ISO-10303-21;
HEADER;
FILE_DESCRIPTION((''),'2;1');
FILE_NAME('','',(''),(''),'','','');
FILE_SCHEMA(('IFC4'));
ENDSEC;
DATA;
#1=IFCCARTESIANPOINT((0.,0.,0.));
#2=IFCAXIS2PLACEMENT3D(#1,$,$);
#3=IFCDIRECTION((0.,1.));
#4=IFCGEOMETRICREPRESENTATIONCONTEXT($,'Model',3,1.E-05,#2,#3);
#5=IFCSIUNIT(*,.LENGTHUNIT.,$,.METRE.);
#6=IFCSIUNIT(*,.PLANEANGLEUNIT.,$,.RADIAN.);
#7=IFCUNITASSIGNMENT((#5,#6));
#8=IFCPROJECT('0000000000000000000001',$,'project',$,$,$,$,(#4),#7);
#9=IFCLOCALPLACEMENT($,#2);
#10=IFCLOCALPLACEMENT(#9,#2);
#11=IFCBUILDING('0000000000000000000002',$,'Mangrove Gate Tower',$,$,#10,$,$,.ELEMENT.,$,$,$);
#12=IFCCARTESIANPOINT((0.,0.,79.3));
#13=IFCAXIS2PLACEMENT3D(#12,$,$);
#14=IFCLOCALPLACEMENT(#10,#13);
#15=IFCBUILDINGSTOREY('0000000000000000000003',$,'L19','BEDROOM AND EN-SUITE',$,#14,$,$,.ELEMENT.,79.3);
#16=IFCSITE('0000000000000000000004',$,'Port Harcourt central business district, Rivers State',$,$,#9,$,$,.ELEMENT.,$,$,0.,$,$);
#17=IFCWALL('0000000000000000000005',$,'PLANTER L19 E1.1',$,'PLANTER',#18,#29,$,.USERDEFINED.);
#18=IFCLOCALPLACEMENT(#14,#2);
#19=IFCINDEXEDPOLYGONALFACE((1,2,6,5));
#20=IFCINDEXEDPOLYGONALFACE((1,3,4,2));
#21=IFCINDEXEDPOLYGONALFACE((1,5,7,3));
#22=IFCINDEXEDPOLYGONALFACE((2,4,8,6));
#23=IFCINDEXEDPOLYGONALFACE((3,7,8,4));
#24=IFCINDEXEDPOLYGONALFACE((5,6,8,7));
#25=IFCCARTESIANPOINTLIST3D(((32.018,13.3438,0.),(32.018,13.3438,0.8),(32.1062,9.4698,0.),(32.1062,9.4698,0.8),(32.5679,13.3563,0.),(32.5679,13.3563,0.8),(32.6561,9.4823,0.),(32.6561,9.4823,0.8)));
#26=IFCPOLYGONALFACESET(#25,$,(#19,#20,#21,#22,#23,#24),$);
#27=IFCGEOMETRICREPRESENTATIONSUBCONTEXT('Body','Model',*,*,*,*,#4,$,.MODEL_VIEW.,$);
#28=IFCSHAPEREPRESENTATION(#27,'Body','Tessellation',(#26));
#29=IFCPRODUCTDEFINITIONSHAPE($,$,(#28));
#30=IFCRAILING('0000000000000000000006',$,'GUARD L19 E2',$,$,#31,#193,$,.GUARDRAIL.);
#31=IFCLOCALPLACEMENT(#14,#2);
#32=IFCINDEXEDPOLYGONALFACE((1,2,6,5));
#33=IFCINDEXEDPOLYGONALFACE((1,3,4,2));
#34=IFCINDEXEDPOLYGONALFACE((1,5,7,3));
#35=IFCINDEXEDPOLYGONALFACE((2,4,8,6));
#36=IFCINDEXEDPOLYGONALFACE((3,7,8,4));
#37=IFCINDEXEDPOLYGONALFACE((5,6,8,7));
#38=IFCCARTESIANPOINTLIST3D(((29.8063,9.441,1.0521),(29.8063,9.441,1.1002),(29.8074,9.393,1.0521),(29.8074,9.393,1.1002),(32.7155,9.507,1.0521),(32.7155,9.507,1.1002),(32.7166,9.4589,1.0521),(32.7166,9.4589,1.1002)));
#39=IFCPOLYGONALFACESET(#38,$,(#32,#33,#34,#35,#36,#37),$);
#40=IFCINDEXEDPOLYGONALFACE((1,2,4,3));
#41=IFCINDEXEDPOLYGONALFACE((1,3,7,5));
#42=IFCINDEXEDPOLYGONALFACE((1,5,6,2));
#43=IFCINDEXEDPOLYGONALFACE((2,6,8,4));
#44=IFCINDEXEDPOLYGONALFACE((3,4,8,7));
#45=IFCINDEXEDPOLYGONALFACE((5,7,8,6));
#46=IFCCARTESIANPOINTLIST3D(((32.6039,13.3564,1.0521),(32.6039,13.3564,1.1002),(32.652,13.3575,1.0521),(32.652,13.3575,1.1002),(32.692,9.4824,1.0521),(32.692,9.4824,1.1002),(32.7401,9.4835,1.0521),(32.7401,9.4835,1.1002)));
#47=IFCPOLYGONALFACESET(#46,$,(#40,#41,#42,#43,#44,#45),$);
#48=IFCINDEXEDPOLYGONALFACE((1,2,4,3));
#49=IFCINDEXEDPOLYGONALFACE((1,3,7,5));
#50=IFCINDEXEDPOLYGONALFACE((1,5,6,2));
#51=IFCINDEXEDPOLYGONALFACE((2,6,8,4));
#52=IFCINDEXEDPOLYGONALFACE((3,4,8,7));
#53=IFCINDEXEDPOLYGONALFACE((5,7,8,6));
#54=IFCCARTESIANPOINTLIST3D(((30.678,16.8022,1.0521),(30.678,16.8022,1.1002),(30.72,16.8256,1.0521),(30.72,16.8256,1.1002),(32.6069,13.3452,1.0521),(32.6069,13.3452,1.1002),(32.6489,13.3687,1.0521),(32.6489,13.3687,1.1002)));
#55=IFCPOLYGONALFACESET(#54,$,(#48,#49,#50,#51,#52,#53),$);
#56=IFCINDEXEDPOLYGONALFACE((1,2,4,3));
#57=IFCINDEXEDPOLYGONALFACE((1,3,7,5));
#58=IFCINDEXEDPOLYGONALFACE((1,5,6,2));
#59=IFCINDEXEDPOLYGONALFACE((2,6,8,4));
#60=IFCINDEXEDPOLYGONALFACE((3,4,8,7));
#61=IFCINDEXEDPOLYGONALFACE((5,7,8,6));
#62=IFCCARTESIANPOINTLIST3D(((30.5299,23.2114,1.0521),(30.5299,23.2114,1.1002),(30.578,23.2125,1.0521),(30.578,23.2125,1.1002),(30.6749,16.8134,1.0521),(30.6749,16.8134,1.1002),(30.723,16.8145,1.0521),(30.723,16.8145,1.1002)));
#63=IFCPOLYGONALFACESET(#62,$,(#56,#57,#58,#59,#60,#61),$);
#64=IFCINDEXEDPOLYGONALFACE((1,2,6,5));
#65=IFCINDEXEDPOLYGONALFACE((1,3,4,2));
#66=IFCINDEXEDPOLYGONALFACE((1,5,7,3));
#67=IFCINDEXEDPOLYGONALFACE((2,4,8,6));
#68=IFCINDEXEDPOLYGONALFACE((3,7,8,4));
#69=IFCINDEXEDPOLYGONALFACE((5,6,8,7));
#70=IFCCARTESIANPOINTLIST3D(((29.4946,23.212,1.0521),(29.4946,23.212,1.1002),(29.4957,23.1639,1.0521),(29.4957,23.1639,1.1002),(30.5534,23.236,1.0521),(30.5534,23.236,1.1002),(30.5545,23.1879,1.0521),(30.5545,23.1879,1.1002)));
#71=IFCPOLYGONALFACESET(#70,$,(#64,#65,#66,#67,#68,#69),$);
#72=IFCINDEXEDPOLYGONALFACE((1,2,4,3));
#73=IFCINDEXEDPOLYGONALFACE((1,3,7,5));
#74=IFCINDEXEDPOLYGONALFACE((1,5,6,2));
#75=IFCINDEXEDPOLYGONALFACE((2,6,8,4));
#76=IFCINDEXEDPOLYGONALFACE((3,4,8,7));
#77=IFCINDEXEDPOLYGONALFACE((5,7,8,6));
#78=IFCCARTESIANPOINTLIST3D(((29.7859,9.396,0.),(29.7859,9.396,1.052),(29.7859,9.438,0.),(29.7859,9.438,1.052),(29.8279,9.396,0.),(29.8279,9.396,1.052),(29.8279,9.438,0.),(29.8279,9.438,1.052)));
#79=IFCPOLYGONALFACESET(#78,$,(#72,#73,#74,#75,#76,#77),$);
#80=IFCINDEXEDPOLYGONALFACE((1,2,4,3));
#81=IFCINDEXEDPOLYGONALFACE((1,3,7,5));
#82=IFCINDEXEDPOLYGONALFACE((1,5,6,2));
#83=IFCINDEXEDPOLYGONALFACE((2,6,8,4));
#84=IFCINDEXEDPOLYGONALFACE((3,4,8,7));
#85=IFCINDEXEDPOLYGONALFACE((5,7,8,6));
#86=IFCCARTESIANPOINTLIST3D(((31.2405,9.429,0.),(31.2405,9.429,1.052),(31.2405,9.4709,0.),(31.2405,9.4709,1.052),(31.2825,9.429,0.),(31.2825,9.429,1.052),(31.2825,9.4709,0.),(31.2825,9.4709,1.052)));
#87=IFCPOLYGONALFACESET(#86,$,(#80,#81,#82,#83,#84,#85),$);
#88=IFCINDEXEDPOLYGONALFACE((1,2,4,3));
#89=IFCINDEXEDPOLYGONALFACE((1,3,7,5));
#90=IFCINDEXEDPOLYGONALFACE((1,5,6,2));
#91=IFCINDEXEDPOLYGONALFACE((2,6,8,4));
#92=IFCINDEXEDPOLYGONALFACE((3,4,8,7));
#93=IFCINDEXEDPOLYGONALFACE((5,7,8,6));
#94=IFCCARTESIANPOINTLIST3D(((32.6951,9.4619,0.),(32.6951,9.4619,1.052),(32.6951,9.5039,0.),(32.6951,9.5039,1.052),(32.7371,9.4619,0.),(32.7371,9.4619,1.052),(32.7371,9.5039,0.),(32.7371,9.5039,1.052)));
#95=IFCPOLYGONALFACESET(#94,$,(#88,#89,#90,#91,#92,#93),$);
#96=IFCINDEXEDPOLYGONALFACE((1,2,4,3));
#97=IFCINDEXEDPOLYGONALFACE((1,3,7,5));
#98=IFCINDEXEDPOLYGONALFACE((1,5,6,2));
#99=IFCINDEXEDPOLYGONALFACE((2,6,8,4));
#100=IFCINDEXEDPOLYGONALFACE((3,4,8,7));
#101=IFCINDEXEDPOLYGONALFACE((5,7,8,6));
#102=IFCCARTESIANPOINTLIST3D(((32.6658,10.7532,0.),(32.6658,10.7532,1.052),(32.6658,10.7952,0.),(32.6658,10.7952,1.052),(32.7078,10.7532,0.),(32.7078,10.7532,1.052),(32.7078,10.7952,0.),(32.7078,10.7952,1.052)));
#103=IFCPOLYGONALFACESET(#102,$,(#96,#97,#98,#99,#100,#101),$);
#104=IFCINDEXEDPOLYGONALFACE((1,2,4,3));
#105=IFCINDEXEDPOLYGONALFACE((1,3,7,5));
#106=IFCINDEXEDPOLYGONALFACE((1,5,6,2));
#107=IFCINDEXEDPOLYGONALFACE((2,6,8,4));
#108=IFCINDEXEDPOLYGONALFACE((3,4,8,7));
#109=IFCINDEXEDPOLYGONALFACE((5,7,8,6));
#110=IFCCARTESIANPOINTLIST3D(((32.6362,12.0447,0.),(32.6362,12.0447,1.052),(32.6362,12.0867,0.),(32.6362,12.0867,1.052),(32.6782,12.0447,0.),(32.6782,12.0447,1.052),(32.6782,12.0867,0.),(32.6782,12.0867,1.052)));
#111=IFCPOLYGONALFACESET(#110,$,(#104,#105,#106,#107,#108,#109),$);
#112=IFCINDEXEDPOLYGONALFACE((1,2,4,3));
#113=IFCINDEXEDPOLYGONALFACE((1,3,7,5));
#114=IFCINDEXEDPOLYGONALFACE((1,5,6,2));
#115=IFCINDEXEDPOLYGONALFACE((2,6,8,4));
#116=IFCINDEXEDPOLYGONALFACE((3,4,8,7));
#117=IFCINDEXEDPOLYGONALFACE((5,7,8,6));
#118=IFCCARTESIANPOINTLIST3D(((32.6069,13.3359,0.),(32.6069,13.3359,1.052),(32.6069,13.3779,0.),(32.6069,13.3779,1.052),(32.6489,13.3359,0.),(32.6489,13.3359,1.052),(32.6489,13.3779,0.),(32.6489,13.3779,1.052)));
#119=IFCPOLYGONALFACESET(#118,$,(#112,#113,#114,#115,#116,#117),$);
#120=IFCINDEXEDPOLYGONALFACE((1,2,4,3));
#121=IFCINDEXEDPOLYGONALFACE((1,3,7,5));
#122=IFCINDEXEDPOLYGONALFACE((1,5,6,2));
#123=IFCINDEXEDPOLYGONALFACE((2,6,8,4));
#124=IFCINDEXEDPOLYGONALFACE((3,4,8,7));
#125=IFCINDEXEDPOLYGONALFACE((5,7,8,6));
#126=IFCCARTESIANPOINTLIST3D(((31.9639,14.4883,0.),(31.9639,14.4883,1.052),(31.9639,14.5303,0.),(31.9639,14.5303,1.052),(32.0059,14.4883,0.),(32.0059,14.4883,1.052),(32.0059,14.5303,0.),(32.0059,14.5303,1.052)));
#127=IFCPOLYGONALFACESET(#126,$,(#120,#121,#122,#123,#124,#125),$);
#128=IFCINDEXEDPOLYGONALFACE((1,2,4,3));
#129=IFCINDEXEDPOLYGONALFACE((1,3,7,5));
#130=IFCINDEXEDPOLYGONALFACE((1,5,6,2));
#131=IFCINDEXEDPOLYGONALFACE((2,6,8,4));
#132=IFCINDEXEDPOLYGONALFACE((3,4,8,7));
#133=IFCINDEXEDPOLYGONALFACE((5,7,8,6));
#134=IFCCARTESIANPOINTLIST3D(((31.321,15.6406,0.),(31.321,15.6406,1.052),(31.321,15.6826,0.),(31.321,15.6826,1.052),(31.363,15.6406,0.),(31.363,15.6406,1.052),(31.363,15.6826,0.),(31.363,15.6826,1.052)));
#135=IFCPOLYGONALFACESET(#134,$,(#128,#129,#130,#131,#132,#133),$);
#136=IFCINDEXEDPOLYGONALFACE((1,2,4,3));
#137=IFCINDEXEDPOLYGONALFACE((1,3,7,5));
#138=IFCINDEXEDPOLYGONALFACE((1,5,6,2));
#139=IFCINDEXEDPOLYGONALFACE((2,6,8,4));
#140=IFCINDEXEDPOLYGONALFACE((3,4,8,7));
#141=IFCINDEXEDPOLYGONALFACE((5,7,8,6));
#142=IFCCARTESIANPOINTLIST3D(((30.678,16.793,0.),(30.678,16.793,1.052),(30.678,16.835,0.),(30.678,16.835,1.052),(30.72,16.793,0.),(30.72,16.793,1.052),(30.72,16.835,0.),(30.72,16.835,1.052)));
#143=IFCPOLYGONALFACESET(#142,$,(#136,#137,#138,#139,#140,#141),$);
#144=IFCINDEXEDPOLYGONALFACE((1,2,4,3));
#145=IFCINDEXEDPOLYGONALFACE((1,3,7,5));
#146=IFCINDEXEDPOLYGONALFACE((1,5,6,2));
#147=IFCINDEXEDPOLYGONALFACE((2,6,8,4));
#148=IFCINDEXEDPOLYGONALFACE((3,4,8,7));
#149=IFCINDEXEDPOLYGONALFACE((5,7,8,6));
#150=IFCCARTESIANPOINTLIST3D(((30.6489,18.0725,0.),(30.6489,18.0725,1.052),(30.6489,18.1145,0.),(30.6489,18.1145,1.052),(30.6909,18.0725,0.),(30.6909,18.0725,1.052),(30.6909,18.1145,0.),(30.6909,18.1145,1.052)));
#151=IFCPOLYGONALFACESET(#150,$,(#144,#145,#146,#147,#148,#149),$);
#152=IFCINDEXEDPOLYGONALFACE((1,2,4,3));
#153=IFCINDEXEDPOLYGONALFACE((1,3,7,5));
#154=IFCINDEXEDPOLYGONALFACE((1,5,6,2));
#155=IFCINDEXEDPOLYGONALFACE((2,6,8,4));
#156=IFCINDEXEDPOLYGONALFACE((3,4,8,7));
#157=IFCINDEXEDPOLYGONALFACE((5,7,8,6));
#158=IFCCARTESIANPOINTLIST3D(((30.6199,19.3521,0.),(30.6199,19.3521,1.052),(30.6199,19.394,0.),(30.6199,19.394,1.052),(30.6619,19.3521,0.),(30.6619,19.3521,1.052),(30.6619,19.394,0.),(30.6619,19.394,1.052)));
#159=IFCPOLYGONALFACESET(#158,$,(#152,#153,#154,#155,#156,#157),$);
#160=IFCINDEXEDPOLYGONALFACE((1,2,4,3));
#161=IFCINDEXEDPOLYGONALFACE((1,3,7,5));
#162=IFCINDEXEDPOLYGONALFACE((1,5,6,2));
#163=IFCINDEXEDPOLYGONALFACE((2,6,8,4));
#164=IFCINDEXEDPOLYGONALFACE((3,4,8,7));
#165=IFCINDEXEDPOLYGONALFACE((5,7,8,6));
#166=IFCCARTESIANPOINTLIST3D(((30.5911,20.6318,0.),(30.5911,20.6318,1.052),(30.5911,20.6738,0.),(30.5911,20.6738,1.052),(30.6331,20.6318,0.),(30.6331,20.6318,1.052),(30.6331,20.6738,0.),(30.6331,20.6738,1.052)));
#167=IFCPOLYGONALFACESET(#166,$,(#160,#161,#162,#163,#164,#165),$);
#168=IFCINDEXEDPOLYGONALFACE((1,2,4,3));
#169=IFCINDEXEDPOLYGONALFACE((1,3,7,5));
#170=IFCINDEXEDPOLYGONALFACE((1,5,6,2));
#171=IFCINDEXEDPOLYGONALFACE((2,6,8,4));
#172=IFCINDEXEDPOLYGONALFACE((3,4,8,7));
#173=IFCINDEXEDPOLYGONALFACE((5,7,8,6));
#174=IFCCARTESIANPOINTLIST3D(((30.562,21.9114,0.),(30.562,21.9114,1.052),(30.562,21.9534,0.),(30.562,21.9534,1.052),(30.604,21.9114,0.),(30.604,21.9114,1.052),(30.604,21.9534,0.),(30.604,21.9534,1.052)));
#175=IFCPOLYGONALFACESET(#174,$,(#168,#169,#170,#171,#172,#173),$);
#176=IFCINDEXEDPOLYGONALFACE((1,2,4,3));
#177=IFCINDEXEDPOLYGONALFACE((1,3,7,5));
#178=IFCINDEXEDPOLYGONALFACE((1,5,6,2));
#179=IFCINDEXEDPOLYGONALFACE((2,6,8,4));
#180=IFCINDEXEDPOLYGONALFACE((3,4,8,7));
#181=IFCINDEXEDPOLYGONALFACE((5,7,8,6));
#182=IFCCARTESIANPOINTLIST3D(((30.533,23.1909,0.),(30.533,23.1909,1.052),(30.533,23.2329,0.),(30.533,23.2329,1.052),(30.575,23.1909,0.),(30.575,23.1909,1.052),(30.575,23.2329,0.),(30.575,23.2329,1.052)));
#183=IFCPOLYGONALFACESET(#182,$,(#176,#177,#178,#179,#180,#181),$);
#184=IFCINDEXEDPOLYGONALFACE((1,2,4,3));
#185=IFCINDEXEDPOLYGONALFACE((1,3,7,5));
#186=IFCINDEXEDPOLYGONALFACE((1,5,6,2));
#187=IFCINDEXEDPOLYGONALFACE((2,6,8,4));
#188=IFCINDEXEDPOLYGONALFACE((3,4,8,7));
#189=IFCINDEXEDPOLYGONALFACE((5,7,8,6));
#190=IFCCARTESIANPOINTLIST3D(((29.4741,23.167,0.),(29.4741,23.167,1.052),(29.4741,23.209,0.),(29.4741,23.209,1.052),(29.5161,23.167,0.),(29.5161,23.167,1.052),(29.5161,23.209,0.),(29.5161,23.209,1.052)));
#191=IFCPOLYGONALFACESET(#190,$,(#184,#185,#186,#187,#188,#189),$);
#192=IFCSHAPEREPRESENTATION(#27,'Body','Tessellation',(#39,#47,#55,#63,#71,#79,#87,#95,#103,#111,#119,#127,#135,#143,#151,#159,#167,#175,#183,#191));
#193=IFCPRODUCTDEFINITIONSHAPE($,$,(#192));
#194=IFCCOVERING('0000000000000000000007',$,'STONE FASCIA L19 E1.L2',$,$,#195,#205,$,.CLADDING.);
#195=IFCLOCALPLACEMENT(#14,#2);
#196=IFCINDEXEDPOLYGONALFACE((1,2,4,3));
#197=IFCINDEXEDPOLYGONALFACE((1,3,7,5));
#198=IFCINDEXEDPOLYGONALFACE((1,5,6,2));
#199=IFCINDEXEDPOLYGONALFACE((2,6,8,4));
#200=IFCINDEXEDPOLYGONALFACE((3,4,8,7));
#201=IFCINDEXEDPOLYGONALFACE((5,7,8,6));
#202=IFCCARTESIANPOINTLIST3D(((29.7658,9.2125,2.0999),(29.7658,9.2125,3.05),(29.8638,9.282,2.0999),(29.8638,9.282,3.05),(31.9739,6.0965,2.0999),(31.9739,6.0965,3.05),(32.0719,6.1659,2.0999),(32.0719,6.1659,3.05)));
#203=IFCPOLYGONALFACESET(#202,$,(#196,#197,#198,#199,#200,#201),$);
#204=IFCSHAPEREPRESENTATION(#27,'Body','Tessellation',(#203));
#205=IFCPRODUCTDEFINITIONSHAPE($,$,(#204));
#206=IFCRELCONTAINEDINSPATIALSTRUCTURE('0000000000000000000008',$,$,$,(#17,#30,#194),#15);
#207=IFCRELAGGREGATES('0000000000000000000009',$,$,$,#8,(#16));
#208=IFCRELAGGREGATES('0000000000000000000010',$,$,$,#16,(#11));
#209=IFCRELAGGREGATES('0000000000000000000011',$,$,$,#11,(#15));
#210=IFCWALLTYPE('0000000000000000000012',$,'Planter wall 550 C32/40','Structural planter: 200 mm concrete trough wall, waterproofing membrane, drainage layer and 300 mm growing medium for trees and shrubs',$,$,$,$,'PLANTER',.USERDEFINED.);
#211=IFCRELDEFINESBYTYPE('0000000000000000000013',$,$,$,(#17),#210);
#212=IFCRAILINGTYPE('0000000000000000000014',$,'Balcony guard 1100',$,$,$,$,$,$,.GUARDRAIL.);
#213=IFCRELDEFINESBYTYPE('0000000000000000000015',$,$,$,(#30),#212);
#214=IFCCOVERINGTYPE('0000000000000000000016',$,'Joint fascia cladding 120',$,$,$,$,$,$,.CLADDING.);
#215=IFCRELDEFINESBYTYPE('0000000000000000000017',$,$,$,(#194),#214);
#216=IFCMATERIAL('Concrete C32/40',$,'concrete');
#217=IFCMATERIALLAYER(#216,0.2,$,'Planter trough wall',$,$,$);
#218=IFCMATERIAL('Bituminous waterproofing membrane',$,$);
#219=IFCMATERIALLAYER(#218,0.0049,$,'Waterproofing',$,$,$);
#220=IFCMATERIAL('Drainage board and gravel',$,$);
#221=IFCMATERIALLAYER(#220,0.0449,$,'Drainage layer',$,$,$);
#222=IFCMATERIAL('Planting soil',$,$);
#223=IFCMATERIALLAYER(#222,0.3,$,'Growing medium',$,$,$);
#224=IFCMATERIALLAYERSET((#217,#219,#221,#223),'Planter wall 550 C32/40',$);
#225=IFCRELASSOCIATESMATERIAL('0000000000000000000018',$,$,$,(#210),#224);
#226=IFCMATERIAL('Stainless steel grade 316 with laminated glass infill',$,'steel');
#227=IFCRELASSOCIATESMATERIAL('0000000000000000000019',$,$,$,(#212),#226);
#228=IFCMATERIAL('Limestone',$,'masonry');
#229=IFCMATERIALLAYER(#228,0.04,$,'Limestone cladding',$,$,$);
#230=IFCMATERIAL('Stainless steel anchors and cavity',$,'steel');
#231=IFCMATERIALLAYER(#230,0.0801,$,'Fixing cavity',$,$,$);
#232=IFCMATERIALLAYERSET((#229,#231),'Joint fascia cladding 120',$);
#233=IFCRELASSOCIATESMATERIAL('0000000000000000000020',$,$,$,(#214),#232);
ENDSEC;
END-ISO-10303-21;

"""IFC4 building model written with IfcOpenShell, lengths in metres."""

from ifc_helpers import new_model, si_unit, direction, frame, frame_2d, origin, origin_2d, place, context, subcontext, project, spatial, rectangle, extrude, material, layer, layer_set, type_object, element, save


model = new_model("IFC4")

# Units and contexts
model_context = context("Model", 3, precision=1e-05, world=origin(), true_north=direction((0.0, 1.0)))
body_context = subcontext(model_context, "Body", "Model", "MODEL_VIEW")
ifc_project = project(units=[si_unit("LENGTHUNIT", "METRE"), si_unit("PLANEANGLEUNIT", "RADIAN")], contexts=[model_context])

# Site, building, storey
site_placement = place(None, origin())
site = spatial("IfcSite", under=ifc_project, at=site_placement, Name="Port Harcourt central business district, Rivers State", CompositionType="ELEMENT", RefElevation=0.0)
building_placement = place(site_placement, origin())
building = spatial("IfcBuilding", under=site, at=building_placement, Name="Mangrove Gate Tower", CompositionType="ELEMENT")
storey_placement = place(building_placement, frame((0.0, 0.0, 79.3)))
storey = spatial("IfcBuildingStorey", under=building, at=storey_placement, Name="L19", Description="BEDROOM AND EN-SUITE", CompositionType="ELEMENT", Elevation=79.3)

# Shared definitions
ifc_material_1 = material(Name="Limestone", Category="masonry")

# Wall
ifc_material_2 = material(Name="Concrete C32/40", Category="concrete")
ifc_layer_1 = layer(ifc_material_2, 0.2, Name="Planter trough wall")
ifc_material_3 = material(Name="Bituminous waterproofing membrane")
ifc_layer_2 = layer(ifc_material_3, 0.0049, Name="Waterproofing")
ifc_material_4 = material(Name="Drainage board and gravel")
ifc_layer_3 = layer(ifc_material_4, 0.0449, Name="Drainage layer")
ifc_material_5 = material(Name="Planting soil")
ifc_layer_4 = layer(ifc_material_5, 0.3, Name="Growing medium")
ifc_layer_set_1 = layer_set([ifc_layer_1, ifc_layer_2, ifc_layer_3, ifc_layer_4], Name="Planter wall 550 C32/40")
wall_type_1 = type_object("IfcWallType", Name="Planter wall 550 C32/40", Description="Structural planter: 200 mm concrete trough wall, waterproofing membrane, drainage layer and 300 mm growing medium for trees and shrubs", ElementType="PLANTER", PredefinedType="USERDEFINED", material=ifc_layer_set_1)
wall_1_placement = place(storey_placement, frame((32.3811, 9.4761, 0.0), z_axis=(0.0, 0.0, 1.0), x_axis=(-0.022744, 0.999741, 0.0)))
element("IfcWall", 1, at=wall_1_placement, inside=storey, type_object=wall_type_1, Name="PLANTER L19 E1.1", ObjectType="PLANTER", PredefinedType="USERDEFINED", context=body_context, shape_type="SweptSolid", body=[
    extrude(rectangle(XDim=3.875, YDim=0.55, at=frame_2d((1.9375, 0.0))), origin(), (0.0, 0.0, 1.0), 0.8),
])

# Railing
ifc_material_6 = material(Name="Stainless steel grade 316 with laminated glass infill", Category="steel")
railing_type = type_object("IfcRailingType", Name="Balcony guard 1100", PredefinedType="GUARDRAIL", material=ifc_material_6)
railing_placement = place(storey_placement, frame((29.8069, 9.417, 0.0)))
element("IfcRailing", 2, at=railing_placement, inside=storey, type_object=railing_type, Name="GUARD L19 E2", PredefinedType="GUARDRAIL", context=body_context, shape_type="SweptSolid", body=[
    extrude(rectangle(XDim=0.0481, YDim=0.0481, at=origin_2d()), frame((0.0, 0.0, 1.0762), z_axis=(0.999743, 0.022653, 0.0), x_axis=(-0.022653, 0.999743, 0.0)), (0.0, 0.0, 1.0), 2.9099),
    extrude(rectangle(XDim=0.0481, YDim=0.0481, at=origin_2d()), frame((2.9092, 0.0659, 1.0762), z_axis=(-0.022744, 0.999741, 0.0), x_axis=(-0.999741, -0.022744, 0.0)), (0.0, 0.0, 1.0), 3.875),
    extrude(rectangle(XDim=0.0481, YDim=0.0481, at=origin_2d()), frame((2.821, 3.9399, 1.0762), z_axis=(-0.48726, 0.873257, 0.0), x_axis=(-0.873257, -0.48726, 0.0)), (0.0, 0.0, 1.0), 3.9587),
    extrude(rectangle(XDim=0.0481, YDim=0.0481, at=origin_2d()), frame((0.8921, 7.397, 1.0762), z_axis=(-0.022661, 0.999743, 0.0), x_axis=(-0.999743, -0.022661, 0.0)), (0.0, 0.0, 1.0), 6.3997),
    extrude(rectangle(XDim=0.0481, YDim=0.0481, at=origin_2d()), frame((0.7471, 13.7949, 1.0762), z_axis=(-0.999745, -0.02259, 0.0), x_axis=(0.02259, -0.999745, 0.0)), (0.0, 0.0, 1.0), 1.0591),
    extrude(rectangle(XDim=0.042, YDim=0.042, at=origin_2d()), origin(), (0.0, 0.0, 1.0), 1.052),
    extrude(rectangle(XDim=0.042, YDim=0.042, at=origin_2d()), frame((1.4546, 0.033, 0.0)), (0.0, 0.0, 1.0), 1.052),
    extrude(rectangle(XDim=0.042, YDim=0.042, at=origin_2d()), frame((2.9092, 0.0659, 0.0)), (0.0, 0.0, 1.0), 1.052),
    extrude(rectangle(XDim=0.042, YDim=0.042, at=origin_2d()), frame((2.8799, 1.3572, 0.0)), (0.0, 0.0, 1.0), 1.052),
    extrude(rectangle(XDim=0.042, YDim=0.042, at=origin_2d()), frame((2.8503, 2.6487, 0.0)), (0.0, 0.0, 1.0), 1.052),
    extrude(rectangle(XDim=0.042, YDim=0.042, at=origin_2d()), frame((2.821, 3.9399, 0.0)), (0.0, 0.0, 1.0), 1.052),
    extrude(rectangle(XDim=0.042, YDim=0.042, at=origin_2d()), frame((2.178, 5.0923, 0.0)), (0.0, 0.0, 1.0), 1.052),
    extrude(rectangle(XDim=0.042, YDim=0.042, at=origin_2d()), frame((1.5352, 6.2446, 0.0)), (0.0, 0.0, 1.0), 1.052),
    extrude(rectangle(XDim=0.042, YDim=0.042, at=origin_2d()), frame((0.8921, 7.397, 0.0)), (0.0, 0.0, 1.0), 1.052),
    extrude(rectangle(XDim=0.042, YDim=0.042, at=origin_2d()), frame((0.863, 8.6765, 0.0)), (0.0, 0.0, 1.0), 1.052),
    extrude(rectangle(XDim=0.042, YDim=0.042, at=origin_2d()), frame((0.834, 9.9561, 0.0)), (0.0, 0.0, 1.0), 1.052),
    extrude(rectangle(XDim=0.042, YDim=0.042, at=origin_2d()), frame((0.8052, 11.2358, 0.0)), (0.0, 0.0, 1.0), 1.052),
    extrude(rectangle(XDim=0.042, YDim=0.042, at=origin_2d()), frame((0.7761, 12.5154, 0.0)), (0.0, 0.0, 1.0), 1.052),
    extrude(rectangle(XDim=0.042, YDim=0.042, at=origin_2d()), frame((0.7471, 13.7949, 0.0)), (0.0, 0.0, 1.0), 1.052),
    extrude(rectangle(XDim=0.042, YDim=0.042, at=origin_2d()), frame((-0.3118, 13.771, 0.0)), (0.0, 0.0, 1.0), 1.052),
])

# Covering
ifc_layer_5 = layer(ifc_material_1, 0.04, Name="Limestone cladding")
ifc_material_7 = material(Name="Stainless steel anchors and cavity", Category="steel")
ifc_layer_6 = layer(ifc_material_7, 0.0801, Name="Fixing cavity")
ifc_layer_set_2 = layer_set([ifc_layer_5, ifc_layer_6], Name="Joint fascia cladding 120")
covering_type = type_object("IfcCoveringType", Name="Joint fascia cladding 120", PredefinedType="CLADDING", material=ifc_layer_set_2)
covering_placement = place(storey_placement, frame((32.0229, 6.1311, 2.0999), z_axis=(0.0, 0.0, 1.0), x_axis=(-0.578168, 0.815918, 0.0)))
element("IfcCovering", 3, at=covering_placement, inside=storey, type_object=covering_type, Name="STONE FASCIA L19 E1.L2", PredefinedType="CLADDING", context=body_context, shape_type="SweptSolid", body=[
    extrude(rectangle(XDim=3.8191, YDim=0.1201, at=frame_2d((1.9097, 0.0))), origin(), (0.0, 0.0, 1.0), 0.9502),
])

save(model, "model.ifc")
